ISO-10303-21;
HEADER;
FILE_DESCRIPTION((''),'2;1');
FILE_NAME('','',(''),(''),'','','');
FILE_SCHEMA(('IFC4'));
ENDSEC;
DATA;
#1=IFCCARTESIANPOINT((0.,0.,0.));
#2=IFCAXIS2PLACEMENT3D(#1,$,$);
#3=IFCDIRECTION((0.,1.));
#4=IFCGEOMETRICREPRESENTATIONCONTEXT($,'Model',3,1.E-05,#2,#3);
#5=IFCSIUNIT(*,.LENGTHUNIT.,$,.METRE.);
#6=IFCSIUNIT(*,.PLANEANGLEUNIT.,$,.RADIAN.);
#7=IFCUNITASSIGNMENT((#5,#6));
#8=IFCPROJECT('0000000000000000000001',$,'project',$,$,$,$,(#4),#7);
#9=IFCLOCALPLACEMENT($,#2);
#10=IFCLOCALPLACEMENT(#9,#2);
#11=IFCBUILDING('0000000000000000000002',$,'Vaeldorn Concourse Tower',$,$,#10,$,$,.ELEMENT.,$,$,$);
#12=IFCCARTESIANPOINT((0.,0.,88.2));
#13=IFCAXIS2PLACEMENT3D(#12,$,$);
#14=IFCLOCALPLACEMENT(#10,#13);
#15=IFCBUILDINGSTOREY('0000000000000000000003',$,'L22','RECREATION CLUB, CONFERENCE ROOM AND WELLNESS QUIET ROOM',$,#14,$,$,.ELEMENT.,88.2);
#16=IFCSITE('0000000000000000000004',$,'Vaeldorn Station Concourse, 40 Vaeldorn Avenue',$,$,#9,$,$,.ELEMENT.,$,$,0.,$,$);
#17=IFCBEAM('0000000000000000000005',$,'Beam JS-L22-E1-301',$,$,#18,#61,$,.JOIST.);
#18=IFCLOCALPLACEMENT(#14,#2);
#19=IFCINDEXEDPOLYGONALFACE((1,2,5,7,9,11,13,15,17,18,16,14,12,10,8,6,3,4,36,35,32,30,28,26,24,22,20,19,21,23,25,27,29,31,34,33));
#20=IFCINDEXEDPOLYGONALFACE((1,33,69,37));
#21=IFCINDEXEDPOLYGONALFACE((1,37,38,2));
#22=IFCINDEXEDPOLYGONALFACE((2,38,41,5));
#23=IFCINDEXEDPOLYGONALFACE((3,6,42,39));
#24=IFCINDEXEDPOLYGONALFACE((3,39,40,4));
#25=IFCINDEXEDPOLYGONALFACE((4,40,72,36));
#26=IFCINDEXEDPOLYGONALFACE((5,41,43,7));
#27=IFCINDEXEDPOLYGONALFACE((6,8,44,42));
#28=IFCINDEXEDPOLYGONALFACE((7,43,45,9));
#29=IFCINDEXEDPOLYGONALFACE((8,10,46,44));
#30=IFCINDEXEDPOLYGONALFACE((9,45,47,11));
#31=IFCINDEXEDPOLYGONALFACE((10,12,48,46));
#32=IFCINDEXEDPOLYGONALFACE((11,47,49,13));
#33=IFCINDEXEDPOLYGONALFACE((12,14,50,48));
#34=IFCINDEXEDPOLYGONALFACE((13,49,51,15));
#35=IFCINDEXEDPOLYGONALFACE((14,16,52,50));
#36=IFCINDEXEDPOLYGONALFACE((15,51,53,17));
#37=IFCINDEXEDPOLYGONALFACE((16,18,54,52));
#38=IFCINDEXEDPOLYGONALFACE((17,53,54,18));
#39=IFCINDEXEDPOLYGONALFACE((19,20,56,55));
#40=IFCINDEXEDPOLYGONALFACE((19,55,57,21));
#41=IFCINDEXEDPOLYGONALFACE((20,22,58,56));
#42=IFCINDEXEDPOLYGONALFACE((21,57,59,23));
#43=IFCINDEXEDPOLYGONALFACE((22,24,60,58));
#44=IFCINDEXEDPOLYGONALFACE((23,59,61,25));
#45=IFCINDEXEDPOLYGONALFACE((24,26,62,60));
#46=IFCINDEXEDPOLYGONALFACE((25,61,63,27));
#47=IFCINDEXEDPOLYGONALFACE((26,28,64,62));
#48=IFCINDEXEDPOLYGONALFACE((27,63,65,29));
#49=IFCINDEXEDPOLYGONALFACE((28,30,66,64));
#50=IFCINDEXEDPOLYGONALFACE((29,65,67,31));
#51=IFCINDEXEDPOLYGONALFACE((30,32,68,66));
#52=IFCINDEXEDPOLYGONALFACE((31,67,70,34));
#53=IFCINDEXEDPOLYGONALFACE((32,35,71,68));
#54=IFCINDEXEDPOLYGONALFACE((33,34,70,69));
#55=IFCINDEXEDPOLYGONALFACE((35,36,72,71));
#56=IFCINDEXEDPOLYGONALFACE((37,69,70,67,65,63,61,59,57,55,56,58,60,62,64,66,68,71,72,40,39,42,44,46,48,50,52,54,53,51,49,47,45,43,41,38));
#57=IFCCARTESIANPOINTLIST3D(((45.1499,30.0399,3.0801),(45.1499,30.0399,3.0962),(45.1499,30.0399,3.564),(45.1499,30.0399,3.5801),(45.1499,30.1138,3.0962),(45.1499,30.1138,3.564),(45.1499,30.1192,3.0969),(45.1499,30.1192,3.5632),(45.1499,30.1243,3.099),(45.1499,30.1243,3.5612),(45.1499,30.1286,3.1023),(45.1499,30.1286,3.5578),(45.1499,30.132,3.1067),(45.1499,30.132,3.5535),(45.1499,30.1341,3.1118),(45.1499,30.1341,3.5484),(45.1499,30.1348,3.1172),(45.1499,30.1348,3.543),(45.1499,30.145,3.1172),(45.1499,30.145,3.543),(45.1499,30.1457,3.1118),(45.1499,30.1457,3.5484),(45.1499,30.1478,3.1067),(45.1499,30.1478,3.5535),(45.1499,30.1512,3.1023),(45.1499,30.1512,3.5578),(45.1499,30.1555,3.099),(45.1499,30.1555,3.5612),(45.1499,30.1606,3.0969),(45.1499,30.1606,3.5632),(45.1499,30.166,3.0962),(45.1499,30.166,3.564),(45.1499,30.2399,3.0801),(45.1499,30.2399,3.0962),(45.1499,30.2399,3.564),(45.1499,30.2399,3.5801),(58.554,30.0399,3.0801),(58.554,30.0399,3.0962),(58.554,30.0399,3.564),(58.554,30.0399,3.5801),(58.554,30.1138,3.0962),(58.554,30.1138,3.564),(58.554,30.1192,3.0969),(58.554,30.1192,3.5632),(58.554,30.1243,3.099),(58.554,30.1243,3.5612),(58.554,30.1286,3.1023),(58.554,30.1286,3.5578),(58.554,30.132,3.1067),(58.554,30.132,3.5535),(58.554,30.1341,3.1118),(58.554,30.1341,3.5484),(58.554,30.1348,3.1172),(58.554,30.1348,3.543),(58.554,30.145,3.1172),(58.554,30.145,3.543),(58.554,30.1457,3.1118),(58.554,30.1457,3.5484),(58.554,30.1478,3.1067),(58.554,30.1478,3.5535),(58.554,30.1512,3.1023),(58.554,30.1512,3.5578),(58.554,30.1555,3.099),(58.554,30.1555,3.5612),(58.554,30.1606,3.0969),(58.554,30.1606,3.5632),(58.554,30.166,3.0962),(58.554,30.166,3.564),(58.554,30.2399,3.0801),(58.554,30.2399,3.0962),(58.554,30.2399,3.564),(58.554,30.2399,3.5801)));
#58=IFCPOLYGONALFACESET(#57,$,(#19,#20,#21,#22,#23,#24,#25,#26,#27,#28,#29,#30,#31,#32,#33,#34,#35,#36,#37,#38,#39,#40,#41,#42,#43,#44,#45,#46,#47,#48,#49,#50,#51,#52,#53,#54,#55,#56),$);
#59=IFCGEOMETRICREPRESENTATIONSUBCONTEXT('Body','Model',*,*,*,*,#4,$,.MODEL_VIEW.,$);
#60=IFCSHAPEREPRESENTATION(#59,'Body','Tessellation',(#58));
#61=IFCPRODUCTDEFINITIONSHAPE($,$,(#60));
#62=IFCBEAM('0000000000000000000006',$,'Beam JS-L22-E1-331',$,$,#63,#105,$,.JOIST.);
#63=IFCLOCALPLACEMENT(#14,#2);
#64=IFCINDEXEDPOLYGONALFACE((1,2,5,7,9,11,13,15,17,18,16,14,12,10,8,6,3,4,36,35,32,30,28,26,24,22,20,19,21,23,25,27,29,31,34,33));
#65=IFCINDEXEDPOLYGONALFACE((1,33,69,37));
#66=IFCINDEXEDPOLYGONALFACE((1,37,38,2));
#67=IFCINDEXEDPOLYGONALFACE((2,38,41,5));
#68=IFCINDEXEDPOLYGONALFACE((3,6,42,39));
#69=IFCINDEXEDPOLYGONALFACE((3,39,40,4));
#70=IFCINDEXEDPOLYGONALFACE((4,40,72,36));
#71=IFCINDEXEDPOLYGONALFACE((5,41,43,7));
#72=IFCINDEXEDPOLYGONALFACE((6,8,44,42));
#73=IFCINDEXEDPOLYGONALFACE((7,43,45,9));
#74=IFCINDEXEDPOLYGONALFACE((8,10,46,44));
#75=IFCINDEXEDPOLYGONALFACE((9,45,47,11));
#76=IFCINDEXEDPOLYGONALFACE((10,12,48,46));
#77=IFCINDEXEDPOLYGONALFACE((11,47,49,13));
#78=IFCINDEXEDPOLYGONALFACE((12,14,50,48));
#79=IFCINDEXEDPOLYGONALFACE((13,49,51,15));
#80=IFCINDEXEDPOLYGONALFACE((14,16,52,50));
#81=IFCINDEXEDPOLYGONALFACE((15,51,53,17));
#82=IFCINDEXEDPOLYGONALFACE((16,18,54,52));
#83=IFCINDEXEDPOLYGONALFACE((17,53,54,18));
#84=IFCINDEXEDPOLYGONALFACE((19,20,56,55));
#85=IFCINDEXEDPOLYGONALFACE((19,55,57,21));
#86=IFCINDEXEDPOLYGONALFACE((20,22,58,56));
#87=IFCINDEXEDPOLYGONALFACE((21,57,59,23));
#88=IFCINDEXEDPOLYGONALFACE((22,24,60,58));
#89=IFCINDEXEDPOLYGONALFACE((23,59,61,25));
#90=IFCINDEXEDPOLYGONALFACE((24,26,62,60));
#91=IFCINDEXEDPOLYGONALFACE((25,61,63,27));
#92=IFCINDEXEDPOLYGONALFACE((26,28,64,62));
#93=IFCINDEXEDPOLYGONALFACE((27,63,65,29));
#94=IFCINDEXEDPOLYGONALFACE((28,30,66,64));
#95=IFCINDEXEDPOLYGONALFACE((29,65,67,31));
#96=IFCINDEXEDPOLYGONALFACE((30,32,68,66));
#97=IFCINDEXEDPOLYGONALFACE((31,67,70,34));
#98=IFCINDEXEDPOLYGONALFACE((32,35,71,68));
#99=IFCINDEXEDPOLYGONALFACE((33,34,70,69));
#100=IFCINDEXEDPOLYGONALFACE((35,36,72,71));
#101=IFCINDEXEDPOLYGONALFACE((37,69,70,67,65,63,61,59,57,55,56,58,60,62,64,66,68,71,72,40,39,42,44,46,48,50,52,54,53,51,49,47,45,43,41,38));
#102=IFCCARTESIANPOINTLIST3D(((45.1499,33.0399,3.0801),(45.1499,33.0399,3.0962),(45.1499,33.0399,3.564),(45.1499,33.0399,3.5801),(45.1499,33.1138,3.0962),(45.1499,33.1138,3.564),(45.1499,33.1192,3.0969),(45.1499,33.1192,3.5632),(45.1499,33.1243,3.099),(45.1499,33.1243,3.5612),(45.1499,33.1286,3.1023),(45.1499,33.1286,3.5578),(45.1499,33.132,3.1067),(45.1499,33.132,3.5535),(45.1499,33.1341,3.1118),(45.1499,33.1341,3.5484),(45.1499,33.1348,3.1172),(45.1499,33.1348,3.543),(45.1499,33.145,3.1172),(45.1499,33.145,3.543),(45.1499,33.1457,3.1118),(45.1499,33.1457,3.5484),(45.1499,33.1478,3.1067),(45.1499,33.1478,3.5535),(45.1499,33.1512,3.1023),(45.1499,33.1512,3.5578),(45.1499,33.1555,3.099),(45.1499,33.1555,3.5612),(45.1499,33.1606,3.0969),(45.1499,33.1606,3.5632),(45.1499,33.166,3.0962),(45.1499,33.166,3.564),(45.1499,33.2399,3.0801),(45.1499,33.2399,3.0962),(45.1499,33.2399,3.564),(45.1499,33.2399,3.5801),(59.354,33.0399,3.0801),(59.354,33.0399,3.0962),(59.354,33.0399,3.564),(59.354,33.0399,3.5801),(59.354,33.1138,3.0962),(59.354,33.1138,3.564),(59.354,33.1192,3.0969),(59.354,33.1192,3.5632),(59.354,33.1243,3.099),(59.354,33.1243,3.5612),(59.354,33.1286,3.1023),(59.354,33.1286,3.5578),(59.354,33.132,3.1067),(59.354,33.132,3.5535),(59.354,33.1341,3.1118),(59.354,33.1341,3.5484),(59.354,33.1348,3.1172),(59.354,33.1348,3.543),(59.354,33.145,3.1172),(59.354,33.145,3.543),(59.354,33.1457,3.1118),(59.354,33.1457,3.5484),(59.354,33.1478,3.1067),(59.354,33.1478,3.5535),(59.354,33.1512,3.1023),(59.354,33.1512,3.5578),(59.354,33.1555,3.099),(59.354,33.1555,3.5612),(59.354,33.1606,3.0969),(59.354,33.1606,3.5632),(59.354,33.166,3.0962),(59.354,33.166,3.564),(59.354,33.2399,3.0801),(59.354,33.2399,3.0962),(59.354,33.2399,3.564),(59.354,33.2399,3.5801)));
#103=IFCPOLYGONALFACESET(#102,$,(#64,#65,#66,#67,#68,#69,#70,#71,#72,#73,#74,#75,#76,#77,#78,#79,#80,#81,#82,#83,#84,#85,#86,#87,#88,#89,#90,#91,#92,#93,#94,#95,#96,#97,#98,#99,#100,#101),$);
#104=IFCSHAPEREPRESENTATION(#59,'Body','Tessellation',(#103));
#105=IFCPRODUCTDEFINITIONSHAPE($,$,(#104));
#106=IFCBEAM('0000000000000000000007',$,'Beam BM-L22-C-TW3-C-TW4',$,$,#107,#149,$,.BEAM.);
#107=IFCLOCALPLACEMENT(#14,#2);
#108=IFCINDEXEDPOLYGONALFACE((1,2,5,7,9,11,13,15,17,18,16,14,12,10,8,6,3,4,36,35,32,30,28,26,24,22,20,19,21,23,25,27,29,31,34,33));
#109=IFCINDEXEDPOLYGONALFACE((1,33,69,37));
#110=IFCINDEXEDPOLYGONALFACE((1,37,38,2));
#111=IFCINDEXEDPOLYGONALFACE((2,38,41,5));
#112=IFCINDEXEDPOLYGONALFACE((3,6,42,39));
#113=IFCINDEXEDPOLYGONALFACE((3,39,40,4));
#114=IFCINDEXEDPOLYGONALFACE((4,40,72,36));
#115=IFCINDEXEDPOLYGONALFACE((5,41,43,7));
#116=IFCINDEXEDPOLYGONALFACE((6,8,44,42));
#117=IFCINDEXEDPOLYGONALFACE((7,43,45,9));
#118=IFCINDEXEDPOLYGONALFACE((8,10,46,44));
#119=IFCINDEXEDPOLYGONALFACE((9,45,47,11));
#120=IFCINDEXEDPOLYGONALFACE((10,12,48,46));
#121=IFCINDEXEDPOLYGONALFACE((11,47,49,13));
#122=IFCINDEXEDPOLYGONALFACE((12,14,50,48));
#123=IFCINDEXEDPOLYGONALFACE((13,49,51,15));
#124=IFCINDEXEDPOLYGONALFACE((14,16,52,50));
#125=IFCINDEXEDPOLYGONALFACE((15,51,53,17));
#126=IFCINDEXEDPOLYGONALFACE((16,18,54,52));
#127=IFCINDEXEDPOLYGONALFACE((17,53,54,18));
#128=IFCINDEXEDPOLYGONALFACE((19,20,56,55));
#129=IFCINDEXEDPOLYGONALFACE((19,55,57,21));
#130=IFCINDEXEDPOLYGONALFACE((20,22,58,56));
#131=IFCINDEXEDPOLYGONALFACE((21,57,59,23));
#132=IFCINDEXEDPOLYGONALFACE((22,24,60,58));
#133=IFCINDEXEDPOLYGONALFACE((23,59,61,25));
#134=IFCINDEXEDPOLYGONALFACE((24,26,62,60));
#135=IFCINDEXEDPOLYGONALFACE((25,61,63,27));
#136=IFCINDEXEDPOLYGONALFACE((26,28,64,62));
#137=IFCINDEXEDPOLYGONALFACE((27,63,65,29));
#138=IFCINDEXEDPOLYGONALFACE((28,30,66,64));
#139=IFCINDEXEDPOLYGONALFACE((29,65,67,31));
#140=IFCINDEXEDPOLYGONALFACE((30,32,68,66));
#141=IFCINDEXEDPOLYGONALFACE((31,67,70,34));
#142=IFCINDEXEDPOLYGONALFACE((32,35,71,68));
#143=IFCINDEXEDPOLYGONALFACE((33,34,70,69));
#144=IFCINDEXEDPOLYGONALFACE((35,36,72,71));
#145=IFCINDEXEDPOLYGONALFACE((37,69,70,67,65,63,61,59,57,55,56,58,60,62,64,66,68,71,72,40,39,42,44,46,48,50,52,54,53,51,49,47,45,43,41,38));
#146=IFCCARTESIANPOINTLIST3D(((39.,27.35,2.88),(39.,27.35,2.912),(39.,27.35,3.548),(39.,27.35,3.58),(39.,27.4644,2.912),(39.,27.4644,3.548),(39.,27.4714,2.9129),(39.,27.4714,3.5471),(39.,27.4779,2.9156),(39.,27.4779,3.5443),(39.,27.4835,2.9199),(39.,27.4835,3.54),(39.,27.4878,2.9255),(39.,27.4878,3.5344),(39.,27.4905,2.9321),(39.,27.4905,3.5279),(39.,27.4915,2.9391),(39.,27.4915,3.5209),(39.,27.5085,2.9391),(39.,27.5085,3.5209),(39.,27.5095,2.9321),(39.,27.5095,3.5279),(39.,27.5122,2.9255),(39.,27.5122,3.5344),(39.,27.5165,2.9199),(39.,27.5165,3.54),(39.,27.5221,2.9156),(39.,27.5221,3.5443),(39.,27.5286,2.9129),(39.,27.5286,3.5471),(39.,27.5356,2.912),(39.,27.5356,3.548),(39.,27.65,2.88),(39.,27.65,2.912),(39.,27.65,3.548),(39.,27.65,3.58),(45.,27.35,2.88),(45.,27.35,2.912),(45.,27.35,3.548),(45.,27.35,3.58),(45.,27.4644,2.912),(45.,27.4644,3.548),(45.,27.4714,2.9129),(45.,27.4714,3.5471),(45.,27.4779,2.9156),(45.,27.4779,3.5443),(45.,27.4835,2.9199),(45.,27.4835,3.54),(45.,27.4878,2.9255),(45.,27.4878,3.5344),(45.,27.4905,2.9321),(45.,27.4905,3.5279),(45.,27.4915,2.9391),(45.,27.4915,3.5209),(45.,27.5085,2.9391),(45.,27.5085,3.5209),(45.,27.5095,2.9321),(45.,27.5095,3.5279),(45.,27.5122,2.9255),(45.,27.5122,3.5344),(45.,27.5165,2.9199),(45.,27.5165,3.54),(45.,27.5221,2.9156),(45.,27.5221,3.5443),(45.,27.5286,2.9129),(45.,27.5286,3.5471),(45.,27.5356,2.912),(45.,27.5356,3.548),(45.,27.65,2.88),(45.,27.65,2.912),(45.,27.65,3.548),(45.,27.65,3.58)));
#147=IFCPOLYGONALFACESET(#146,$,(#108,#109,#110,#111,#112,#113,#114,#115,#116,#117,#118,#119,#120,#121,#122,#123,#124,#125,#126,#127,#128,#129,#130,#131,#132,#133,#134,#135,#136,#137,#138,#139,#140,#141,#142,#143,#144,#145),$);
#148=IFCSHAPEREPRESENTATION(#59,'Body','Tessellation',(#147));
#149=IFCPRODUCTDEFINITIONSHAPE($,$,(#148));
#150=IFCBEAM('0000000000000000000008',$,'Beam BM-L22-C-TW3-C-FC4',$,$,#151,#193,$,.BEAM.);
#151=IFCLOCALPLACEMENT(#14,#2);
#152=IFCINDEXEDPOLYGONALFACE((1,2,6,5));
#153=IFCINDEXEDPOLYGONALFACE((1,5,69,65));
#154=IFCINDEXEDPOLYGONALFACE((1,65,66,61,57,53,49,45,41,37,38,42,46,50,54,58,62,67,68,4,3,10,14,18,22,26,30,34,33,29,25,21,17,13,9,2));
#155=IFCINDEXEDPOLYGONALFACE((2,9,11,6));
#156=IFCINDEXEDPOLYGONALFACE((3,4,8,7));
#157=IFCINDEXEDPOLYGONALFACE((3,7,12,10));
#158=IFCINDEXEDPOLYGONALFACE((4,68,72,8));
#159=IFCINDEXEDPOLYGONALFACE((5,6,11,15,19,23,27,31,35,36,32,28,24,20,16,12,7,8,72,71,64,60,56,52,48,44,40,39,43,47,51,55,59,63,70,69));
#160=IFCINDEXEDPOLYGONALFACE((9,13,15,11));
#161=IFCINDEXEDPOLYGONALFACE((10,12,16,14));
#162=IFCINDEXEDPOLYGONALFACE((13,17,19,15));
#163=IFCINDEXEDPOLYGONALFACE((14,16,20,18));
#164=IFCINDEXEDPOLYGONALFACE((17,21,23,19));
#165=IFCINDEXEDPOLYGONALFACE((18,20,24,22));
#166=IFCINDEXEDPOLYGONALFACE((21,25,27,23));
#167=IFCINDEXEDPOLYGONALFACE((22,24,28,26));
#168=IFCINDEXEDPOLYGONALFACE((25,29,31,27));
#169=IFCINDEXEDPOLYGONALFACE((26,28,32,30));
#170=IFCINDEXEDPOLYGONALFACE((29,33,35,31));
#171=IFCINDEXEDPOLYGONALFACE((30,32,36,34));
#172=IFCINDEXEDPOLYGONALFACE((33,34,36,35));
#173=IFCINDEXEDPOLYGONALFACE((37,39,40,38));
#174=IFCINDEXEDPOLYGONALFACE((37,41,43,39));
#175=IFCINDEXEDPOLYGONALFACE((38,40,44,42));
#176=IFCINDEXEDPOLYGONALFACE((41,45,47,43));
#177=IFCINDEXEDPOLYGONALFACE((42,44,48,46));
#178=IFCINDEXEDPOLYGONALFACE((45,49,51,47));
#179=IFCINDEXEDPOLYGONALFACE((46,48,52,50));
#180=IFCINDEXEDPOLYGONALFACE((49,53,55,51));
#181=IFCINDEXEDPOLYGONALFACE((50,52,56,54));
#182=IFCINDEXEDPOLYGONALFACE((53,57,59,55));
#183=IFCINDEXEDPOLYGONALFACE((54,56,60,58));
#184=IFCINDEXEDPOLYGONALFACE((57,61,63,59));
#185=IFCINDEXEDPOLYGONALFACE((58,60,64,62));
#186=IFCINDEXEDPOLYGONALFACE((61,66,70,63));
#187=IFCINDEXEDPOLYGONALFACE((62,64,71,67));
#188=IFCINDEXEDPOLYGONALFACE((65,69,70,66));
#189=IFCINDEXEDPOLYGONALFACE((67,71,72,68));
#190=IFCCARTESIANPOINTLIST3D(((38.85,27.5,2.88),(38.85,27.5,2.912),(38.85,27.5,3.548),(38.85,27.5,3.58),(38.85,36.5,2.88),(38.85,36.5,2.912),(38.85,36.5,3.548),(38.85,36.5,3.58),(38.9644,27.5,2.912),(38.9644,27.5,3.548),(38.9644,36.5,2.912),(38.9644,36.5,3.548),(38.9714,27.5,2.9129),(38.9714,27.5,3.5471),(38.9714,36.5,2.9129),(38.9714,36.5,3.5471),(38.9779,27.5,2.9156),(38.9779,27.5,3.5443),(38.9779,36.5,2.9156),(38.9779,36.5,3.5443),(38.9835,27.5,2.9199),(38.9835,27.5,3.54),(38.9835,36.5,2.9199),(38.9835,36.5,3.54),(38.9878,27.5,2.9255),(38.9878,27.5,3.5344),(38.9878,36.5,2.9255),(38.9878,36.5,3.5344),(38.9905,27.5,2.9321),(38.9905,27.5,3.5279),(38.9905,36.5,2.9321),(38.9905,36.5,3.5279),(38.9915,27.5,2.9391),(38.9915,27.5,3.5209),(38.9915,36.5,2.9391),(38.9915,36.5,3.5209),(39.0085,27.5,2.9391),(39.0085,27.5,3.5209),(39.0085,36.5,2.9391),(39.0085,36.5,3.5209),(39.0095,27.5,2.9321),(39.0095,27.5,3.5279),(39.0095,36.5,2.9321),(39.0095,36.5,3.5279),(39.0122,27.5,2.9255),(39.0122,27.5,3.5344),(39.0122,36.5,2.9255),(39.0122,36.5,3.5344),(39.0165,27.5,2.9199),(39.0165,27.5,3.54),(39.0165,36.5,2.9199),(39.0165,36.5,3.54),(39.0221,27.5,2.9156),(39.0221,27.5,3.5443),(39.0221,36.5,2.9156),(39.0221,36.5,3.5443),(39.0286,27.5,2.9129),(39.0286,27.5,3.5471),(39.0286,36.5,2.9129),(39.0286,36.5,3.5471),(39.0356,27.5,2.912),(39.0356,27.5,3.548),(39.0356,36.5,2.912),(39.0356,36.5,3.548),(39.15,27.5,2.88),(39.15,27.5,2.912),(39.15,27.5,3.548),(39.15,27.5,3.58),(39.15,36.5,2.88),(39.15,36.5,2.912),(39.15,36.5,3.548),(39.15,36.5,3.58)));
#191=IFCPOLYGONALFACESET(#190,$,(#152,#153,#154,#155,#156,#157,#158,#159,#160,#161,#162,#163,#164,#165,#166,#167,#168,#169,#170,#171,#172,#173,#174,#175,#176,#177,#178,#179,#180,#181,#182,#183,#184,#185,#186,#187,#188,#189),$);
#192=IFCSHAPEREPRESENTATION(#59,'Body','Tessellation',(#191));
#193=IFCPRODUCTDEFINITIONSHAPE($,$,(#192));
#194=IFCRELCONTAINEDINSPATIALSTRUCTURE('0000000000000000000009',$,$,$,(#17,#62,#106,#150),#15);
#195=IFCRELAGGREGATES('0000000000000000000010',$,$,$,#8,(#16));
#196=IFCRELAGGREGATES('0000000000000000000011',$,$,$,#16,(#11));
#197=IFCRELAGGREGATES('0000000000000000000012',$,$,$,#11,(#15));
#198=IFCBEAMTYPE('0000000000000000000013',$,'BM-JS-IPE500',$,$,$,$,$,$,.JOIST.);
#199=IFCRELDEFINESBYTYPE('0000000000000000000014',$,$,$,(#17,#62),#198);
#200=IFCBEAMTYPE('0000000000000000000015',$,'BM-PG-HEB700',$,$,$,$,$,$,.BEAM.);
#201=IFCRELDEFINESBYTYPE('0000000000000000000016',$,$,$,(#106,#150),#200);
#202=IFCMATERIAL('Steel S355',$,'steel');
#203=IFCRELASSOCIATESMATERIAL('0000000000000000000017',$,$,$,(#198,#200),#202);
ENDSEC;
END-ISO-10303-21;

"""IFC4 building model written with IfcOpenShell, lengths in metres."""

from ifc_helpers import new_model, si_unit, direction, frame, origin, origin_2d, place, context, subcontext, project, spatial, i_section, extrude, source, transform, mapped, material, material_profile, profile_set, type_object, element, save


model = new_model("IFC4")

# Units and contexts
model_context = context("Model", 3, precision=1e-05, world=origin(), true_north=direction((0.0, 1.0)))
body_context = subcontext(model_context, "Body", "Model", "MODEL_VIEW")
ifc_project = project(units=[si_unit("LENGTHUNIT", "METRE"), si_unit("PLANEANGLEUNIT", "RADIAN")], contexts=[model_context])

# Site, building, storey
site_placement = place(None, origin())
site = spatial("IfcSite", under=ifc_project, at=site_placement, Name="Vaeldorn Station Concourse, 40 Vaeldorn Avenue", CompositionType="ELEMENT", RefElevation=0.0)
building_placement = place(site_placement, origin())
building = spatial("IfcBuilding", under=site, at=building_placement, Name="Vaeldorn Concourse Tower", CompositionType="ELEMENT")
storey_placement = place(building_placement, frame((0.0, 0.0, 88.2)))
storey = spatial("IfcBuildingStorey", under=building, at=storey_placement, Name="L22", Description="RECREATION CLUB, CONFERENCE ROOM AND WELLNESS QUIET ROOM", CompositionType="ELEMENT", Elevation=88.2)

# Beams
ifc_material_1 = material(Name="Steel S355", Category="steel")
ifc_material_profile_1 = material_profile(ifc_material_1, i_section(OverallWidth=0.2, OverallDepth=0.5, WebThickness=0.0103, FlangeThickness=0.0161, FilletRadius=0.021, at=origin_2d()), Name="IPE 500")
ifc_profile_set_1 = profile_set([ifc_material_profile_1], Name="Steel S355")
beam_type_1 = type_object("IfcBeamType", Name="BM-JS-IPE500", PredefinedType="JOIST", material=ifc_profile_set_1)
shared_shape_1 = source(origin(), body_context, "Body", "SweptSolid", [
    extrude(i_section(OverallWidth=0.2, OverallDepth=0.5, WebThickness=0.0103, FlangeThickness=0.0161, FilletRadius=0.021, at=origin_2d()), origin(), (0.0, 0.0, 1.0), 13.4041),
])
beam_1_placement = place(storey_placement, frame((45.1499, 30.1399, 3.3301), z_axis=(1.0, 0.0, 0.0), x_axis=(0.0, 1.0, 0.0)))
element("IfcBeam", 1, at=beam_1_placement, inside=storey, type_object=beam_type_1, Name="Beam JS-L22-E1-301", PredefinedType="JOIST", context=body_context, shape_type="MappedRepresentation", body=[
    mapped(shared_shape_1, transform((0.0, 0.0, 0.0), scale=1.0)),
])
shared_shape_2 = source(origin(), body_context, "Body", "SweptSolid", [
    extrude(i_section(OverallWidth=0.2, OverallDepth=0.5, WebThickness=0.0103, FlangeThickness=0.0161, FilletRadius=0.021, at=origin_2d()), origin(), (0.0, 0.0, 1.0), 14.2041),
])
beam_2_placement = place(storey_placement, frame((45.1499, 33.1399, 3.3301), z_axis=(1.0, 0.0, 0.0), x_axis=(0.0, 1.0, 0.0)))
element("IfcBeam", 2, at=beam_2_placement, inside=storey, type_object=beam_type_1, Name="Beam JS-L22-E1-331", PredefinedType="JOIST", context=body_context, shape_type="MappedRepresentation", body=[
    mapped(shared_shape_2, transform((0.0, 0.0, 0.0), scale=1.0)),
])
ifc_material_profile_2 = material_profile(ifc_material_1, i_section(OverallWidth=0.3, OverallDepth=0.7, WebThickness=0.0171, FlangeThickness=0.032, FilletRadius=0.0271, at=origin_2d()), Name="HEB 700")
ifc_profile_set_2 = profile_set([ifc_material_profile_2], Name="Steel S355")
beam_type_2 = type_object("IfcBeamType", Name="BM-PG-HEB700", PredefinedType="BEAM", material=ifc_profile_set_2)
shared_shape_3 = source(origin(), body_context, "Body", "SweptSolid", [
    extrude(i_section(OverallWidth=0.3, OverallDepth=0.7, WebThickness=0.0171, FlangeThickness=0.032, FilletRadius=0.0271, at=origin_2d()), origin(), (0.0, 0.0, 1.0), 6.0),
])
beam_3_placement = place(storey_placement, frame((39.0, 27.5, 3.23), z_axis=(1.0, 0.0, 0.0), x_axis=(0.0, 1.0, 0.0)))
element("IfcBeam", 3, at=beam_3_placement, inside=storey, type_object=beam_type_2, Name="Beam BM-L22-C-TW3-C-TW4", PredefinedType="BEAM", context=body_context, shape_type="MappedRepresentation", body=[
    mapped(shared_shape_3, transform((0.0, 0.0, 0.0), scale=1.0)),
])
shared_shape_4 = source(origin(), body_context, "Body", "SweptSolid", [
    extrude(i_section(OverallWidth=0.3, OverallDepth=0.7, WebThickness=0.0171, FlangeThickness=0.032, FilletRadius=0.0271, at=origin_2d()), origin(), (0.0, 0.0, 1.0), 9.0),
])
for number, where, z_axis, x_axis, name in (
    (4, (39.0, 27.5, 3.23), (0.0, 1.0, 0.0), (-1.0, 0.0, 0.0), "Beam BM-L22-C-TW3-C-FC4"),
):
    element("IfcBeam", number, at=place(storey_placement, frame(where, z_axis=z_axis, x_axis=x_axis)), inside=storey, type_object=beam_type_2, Name=name, PredefinedType="BEAM", context=body_context, shape_type="MappedRepresentation", body=[
        mapped(shared_shape_4, transform((0.0, 0.0, 0.0), scale=1.0)),
    ])

save(model, "model.ifc")
